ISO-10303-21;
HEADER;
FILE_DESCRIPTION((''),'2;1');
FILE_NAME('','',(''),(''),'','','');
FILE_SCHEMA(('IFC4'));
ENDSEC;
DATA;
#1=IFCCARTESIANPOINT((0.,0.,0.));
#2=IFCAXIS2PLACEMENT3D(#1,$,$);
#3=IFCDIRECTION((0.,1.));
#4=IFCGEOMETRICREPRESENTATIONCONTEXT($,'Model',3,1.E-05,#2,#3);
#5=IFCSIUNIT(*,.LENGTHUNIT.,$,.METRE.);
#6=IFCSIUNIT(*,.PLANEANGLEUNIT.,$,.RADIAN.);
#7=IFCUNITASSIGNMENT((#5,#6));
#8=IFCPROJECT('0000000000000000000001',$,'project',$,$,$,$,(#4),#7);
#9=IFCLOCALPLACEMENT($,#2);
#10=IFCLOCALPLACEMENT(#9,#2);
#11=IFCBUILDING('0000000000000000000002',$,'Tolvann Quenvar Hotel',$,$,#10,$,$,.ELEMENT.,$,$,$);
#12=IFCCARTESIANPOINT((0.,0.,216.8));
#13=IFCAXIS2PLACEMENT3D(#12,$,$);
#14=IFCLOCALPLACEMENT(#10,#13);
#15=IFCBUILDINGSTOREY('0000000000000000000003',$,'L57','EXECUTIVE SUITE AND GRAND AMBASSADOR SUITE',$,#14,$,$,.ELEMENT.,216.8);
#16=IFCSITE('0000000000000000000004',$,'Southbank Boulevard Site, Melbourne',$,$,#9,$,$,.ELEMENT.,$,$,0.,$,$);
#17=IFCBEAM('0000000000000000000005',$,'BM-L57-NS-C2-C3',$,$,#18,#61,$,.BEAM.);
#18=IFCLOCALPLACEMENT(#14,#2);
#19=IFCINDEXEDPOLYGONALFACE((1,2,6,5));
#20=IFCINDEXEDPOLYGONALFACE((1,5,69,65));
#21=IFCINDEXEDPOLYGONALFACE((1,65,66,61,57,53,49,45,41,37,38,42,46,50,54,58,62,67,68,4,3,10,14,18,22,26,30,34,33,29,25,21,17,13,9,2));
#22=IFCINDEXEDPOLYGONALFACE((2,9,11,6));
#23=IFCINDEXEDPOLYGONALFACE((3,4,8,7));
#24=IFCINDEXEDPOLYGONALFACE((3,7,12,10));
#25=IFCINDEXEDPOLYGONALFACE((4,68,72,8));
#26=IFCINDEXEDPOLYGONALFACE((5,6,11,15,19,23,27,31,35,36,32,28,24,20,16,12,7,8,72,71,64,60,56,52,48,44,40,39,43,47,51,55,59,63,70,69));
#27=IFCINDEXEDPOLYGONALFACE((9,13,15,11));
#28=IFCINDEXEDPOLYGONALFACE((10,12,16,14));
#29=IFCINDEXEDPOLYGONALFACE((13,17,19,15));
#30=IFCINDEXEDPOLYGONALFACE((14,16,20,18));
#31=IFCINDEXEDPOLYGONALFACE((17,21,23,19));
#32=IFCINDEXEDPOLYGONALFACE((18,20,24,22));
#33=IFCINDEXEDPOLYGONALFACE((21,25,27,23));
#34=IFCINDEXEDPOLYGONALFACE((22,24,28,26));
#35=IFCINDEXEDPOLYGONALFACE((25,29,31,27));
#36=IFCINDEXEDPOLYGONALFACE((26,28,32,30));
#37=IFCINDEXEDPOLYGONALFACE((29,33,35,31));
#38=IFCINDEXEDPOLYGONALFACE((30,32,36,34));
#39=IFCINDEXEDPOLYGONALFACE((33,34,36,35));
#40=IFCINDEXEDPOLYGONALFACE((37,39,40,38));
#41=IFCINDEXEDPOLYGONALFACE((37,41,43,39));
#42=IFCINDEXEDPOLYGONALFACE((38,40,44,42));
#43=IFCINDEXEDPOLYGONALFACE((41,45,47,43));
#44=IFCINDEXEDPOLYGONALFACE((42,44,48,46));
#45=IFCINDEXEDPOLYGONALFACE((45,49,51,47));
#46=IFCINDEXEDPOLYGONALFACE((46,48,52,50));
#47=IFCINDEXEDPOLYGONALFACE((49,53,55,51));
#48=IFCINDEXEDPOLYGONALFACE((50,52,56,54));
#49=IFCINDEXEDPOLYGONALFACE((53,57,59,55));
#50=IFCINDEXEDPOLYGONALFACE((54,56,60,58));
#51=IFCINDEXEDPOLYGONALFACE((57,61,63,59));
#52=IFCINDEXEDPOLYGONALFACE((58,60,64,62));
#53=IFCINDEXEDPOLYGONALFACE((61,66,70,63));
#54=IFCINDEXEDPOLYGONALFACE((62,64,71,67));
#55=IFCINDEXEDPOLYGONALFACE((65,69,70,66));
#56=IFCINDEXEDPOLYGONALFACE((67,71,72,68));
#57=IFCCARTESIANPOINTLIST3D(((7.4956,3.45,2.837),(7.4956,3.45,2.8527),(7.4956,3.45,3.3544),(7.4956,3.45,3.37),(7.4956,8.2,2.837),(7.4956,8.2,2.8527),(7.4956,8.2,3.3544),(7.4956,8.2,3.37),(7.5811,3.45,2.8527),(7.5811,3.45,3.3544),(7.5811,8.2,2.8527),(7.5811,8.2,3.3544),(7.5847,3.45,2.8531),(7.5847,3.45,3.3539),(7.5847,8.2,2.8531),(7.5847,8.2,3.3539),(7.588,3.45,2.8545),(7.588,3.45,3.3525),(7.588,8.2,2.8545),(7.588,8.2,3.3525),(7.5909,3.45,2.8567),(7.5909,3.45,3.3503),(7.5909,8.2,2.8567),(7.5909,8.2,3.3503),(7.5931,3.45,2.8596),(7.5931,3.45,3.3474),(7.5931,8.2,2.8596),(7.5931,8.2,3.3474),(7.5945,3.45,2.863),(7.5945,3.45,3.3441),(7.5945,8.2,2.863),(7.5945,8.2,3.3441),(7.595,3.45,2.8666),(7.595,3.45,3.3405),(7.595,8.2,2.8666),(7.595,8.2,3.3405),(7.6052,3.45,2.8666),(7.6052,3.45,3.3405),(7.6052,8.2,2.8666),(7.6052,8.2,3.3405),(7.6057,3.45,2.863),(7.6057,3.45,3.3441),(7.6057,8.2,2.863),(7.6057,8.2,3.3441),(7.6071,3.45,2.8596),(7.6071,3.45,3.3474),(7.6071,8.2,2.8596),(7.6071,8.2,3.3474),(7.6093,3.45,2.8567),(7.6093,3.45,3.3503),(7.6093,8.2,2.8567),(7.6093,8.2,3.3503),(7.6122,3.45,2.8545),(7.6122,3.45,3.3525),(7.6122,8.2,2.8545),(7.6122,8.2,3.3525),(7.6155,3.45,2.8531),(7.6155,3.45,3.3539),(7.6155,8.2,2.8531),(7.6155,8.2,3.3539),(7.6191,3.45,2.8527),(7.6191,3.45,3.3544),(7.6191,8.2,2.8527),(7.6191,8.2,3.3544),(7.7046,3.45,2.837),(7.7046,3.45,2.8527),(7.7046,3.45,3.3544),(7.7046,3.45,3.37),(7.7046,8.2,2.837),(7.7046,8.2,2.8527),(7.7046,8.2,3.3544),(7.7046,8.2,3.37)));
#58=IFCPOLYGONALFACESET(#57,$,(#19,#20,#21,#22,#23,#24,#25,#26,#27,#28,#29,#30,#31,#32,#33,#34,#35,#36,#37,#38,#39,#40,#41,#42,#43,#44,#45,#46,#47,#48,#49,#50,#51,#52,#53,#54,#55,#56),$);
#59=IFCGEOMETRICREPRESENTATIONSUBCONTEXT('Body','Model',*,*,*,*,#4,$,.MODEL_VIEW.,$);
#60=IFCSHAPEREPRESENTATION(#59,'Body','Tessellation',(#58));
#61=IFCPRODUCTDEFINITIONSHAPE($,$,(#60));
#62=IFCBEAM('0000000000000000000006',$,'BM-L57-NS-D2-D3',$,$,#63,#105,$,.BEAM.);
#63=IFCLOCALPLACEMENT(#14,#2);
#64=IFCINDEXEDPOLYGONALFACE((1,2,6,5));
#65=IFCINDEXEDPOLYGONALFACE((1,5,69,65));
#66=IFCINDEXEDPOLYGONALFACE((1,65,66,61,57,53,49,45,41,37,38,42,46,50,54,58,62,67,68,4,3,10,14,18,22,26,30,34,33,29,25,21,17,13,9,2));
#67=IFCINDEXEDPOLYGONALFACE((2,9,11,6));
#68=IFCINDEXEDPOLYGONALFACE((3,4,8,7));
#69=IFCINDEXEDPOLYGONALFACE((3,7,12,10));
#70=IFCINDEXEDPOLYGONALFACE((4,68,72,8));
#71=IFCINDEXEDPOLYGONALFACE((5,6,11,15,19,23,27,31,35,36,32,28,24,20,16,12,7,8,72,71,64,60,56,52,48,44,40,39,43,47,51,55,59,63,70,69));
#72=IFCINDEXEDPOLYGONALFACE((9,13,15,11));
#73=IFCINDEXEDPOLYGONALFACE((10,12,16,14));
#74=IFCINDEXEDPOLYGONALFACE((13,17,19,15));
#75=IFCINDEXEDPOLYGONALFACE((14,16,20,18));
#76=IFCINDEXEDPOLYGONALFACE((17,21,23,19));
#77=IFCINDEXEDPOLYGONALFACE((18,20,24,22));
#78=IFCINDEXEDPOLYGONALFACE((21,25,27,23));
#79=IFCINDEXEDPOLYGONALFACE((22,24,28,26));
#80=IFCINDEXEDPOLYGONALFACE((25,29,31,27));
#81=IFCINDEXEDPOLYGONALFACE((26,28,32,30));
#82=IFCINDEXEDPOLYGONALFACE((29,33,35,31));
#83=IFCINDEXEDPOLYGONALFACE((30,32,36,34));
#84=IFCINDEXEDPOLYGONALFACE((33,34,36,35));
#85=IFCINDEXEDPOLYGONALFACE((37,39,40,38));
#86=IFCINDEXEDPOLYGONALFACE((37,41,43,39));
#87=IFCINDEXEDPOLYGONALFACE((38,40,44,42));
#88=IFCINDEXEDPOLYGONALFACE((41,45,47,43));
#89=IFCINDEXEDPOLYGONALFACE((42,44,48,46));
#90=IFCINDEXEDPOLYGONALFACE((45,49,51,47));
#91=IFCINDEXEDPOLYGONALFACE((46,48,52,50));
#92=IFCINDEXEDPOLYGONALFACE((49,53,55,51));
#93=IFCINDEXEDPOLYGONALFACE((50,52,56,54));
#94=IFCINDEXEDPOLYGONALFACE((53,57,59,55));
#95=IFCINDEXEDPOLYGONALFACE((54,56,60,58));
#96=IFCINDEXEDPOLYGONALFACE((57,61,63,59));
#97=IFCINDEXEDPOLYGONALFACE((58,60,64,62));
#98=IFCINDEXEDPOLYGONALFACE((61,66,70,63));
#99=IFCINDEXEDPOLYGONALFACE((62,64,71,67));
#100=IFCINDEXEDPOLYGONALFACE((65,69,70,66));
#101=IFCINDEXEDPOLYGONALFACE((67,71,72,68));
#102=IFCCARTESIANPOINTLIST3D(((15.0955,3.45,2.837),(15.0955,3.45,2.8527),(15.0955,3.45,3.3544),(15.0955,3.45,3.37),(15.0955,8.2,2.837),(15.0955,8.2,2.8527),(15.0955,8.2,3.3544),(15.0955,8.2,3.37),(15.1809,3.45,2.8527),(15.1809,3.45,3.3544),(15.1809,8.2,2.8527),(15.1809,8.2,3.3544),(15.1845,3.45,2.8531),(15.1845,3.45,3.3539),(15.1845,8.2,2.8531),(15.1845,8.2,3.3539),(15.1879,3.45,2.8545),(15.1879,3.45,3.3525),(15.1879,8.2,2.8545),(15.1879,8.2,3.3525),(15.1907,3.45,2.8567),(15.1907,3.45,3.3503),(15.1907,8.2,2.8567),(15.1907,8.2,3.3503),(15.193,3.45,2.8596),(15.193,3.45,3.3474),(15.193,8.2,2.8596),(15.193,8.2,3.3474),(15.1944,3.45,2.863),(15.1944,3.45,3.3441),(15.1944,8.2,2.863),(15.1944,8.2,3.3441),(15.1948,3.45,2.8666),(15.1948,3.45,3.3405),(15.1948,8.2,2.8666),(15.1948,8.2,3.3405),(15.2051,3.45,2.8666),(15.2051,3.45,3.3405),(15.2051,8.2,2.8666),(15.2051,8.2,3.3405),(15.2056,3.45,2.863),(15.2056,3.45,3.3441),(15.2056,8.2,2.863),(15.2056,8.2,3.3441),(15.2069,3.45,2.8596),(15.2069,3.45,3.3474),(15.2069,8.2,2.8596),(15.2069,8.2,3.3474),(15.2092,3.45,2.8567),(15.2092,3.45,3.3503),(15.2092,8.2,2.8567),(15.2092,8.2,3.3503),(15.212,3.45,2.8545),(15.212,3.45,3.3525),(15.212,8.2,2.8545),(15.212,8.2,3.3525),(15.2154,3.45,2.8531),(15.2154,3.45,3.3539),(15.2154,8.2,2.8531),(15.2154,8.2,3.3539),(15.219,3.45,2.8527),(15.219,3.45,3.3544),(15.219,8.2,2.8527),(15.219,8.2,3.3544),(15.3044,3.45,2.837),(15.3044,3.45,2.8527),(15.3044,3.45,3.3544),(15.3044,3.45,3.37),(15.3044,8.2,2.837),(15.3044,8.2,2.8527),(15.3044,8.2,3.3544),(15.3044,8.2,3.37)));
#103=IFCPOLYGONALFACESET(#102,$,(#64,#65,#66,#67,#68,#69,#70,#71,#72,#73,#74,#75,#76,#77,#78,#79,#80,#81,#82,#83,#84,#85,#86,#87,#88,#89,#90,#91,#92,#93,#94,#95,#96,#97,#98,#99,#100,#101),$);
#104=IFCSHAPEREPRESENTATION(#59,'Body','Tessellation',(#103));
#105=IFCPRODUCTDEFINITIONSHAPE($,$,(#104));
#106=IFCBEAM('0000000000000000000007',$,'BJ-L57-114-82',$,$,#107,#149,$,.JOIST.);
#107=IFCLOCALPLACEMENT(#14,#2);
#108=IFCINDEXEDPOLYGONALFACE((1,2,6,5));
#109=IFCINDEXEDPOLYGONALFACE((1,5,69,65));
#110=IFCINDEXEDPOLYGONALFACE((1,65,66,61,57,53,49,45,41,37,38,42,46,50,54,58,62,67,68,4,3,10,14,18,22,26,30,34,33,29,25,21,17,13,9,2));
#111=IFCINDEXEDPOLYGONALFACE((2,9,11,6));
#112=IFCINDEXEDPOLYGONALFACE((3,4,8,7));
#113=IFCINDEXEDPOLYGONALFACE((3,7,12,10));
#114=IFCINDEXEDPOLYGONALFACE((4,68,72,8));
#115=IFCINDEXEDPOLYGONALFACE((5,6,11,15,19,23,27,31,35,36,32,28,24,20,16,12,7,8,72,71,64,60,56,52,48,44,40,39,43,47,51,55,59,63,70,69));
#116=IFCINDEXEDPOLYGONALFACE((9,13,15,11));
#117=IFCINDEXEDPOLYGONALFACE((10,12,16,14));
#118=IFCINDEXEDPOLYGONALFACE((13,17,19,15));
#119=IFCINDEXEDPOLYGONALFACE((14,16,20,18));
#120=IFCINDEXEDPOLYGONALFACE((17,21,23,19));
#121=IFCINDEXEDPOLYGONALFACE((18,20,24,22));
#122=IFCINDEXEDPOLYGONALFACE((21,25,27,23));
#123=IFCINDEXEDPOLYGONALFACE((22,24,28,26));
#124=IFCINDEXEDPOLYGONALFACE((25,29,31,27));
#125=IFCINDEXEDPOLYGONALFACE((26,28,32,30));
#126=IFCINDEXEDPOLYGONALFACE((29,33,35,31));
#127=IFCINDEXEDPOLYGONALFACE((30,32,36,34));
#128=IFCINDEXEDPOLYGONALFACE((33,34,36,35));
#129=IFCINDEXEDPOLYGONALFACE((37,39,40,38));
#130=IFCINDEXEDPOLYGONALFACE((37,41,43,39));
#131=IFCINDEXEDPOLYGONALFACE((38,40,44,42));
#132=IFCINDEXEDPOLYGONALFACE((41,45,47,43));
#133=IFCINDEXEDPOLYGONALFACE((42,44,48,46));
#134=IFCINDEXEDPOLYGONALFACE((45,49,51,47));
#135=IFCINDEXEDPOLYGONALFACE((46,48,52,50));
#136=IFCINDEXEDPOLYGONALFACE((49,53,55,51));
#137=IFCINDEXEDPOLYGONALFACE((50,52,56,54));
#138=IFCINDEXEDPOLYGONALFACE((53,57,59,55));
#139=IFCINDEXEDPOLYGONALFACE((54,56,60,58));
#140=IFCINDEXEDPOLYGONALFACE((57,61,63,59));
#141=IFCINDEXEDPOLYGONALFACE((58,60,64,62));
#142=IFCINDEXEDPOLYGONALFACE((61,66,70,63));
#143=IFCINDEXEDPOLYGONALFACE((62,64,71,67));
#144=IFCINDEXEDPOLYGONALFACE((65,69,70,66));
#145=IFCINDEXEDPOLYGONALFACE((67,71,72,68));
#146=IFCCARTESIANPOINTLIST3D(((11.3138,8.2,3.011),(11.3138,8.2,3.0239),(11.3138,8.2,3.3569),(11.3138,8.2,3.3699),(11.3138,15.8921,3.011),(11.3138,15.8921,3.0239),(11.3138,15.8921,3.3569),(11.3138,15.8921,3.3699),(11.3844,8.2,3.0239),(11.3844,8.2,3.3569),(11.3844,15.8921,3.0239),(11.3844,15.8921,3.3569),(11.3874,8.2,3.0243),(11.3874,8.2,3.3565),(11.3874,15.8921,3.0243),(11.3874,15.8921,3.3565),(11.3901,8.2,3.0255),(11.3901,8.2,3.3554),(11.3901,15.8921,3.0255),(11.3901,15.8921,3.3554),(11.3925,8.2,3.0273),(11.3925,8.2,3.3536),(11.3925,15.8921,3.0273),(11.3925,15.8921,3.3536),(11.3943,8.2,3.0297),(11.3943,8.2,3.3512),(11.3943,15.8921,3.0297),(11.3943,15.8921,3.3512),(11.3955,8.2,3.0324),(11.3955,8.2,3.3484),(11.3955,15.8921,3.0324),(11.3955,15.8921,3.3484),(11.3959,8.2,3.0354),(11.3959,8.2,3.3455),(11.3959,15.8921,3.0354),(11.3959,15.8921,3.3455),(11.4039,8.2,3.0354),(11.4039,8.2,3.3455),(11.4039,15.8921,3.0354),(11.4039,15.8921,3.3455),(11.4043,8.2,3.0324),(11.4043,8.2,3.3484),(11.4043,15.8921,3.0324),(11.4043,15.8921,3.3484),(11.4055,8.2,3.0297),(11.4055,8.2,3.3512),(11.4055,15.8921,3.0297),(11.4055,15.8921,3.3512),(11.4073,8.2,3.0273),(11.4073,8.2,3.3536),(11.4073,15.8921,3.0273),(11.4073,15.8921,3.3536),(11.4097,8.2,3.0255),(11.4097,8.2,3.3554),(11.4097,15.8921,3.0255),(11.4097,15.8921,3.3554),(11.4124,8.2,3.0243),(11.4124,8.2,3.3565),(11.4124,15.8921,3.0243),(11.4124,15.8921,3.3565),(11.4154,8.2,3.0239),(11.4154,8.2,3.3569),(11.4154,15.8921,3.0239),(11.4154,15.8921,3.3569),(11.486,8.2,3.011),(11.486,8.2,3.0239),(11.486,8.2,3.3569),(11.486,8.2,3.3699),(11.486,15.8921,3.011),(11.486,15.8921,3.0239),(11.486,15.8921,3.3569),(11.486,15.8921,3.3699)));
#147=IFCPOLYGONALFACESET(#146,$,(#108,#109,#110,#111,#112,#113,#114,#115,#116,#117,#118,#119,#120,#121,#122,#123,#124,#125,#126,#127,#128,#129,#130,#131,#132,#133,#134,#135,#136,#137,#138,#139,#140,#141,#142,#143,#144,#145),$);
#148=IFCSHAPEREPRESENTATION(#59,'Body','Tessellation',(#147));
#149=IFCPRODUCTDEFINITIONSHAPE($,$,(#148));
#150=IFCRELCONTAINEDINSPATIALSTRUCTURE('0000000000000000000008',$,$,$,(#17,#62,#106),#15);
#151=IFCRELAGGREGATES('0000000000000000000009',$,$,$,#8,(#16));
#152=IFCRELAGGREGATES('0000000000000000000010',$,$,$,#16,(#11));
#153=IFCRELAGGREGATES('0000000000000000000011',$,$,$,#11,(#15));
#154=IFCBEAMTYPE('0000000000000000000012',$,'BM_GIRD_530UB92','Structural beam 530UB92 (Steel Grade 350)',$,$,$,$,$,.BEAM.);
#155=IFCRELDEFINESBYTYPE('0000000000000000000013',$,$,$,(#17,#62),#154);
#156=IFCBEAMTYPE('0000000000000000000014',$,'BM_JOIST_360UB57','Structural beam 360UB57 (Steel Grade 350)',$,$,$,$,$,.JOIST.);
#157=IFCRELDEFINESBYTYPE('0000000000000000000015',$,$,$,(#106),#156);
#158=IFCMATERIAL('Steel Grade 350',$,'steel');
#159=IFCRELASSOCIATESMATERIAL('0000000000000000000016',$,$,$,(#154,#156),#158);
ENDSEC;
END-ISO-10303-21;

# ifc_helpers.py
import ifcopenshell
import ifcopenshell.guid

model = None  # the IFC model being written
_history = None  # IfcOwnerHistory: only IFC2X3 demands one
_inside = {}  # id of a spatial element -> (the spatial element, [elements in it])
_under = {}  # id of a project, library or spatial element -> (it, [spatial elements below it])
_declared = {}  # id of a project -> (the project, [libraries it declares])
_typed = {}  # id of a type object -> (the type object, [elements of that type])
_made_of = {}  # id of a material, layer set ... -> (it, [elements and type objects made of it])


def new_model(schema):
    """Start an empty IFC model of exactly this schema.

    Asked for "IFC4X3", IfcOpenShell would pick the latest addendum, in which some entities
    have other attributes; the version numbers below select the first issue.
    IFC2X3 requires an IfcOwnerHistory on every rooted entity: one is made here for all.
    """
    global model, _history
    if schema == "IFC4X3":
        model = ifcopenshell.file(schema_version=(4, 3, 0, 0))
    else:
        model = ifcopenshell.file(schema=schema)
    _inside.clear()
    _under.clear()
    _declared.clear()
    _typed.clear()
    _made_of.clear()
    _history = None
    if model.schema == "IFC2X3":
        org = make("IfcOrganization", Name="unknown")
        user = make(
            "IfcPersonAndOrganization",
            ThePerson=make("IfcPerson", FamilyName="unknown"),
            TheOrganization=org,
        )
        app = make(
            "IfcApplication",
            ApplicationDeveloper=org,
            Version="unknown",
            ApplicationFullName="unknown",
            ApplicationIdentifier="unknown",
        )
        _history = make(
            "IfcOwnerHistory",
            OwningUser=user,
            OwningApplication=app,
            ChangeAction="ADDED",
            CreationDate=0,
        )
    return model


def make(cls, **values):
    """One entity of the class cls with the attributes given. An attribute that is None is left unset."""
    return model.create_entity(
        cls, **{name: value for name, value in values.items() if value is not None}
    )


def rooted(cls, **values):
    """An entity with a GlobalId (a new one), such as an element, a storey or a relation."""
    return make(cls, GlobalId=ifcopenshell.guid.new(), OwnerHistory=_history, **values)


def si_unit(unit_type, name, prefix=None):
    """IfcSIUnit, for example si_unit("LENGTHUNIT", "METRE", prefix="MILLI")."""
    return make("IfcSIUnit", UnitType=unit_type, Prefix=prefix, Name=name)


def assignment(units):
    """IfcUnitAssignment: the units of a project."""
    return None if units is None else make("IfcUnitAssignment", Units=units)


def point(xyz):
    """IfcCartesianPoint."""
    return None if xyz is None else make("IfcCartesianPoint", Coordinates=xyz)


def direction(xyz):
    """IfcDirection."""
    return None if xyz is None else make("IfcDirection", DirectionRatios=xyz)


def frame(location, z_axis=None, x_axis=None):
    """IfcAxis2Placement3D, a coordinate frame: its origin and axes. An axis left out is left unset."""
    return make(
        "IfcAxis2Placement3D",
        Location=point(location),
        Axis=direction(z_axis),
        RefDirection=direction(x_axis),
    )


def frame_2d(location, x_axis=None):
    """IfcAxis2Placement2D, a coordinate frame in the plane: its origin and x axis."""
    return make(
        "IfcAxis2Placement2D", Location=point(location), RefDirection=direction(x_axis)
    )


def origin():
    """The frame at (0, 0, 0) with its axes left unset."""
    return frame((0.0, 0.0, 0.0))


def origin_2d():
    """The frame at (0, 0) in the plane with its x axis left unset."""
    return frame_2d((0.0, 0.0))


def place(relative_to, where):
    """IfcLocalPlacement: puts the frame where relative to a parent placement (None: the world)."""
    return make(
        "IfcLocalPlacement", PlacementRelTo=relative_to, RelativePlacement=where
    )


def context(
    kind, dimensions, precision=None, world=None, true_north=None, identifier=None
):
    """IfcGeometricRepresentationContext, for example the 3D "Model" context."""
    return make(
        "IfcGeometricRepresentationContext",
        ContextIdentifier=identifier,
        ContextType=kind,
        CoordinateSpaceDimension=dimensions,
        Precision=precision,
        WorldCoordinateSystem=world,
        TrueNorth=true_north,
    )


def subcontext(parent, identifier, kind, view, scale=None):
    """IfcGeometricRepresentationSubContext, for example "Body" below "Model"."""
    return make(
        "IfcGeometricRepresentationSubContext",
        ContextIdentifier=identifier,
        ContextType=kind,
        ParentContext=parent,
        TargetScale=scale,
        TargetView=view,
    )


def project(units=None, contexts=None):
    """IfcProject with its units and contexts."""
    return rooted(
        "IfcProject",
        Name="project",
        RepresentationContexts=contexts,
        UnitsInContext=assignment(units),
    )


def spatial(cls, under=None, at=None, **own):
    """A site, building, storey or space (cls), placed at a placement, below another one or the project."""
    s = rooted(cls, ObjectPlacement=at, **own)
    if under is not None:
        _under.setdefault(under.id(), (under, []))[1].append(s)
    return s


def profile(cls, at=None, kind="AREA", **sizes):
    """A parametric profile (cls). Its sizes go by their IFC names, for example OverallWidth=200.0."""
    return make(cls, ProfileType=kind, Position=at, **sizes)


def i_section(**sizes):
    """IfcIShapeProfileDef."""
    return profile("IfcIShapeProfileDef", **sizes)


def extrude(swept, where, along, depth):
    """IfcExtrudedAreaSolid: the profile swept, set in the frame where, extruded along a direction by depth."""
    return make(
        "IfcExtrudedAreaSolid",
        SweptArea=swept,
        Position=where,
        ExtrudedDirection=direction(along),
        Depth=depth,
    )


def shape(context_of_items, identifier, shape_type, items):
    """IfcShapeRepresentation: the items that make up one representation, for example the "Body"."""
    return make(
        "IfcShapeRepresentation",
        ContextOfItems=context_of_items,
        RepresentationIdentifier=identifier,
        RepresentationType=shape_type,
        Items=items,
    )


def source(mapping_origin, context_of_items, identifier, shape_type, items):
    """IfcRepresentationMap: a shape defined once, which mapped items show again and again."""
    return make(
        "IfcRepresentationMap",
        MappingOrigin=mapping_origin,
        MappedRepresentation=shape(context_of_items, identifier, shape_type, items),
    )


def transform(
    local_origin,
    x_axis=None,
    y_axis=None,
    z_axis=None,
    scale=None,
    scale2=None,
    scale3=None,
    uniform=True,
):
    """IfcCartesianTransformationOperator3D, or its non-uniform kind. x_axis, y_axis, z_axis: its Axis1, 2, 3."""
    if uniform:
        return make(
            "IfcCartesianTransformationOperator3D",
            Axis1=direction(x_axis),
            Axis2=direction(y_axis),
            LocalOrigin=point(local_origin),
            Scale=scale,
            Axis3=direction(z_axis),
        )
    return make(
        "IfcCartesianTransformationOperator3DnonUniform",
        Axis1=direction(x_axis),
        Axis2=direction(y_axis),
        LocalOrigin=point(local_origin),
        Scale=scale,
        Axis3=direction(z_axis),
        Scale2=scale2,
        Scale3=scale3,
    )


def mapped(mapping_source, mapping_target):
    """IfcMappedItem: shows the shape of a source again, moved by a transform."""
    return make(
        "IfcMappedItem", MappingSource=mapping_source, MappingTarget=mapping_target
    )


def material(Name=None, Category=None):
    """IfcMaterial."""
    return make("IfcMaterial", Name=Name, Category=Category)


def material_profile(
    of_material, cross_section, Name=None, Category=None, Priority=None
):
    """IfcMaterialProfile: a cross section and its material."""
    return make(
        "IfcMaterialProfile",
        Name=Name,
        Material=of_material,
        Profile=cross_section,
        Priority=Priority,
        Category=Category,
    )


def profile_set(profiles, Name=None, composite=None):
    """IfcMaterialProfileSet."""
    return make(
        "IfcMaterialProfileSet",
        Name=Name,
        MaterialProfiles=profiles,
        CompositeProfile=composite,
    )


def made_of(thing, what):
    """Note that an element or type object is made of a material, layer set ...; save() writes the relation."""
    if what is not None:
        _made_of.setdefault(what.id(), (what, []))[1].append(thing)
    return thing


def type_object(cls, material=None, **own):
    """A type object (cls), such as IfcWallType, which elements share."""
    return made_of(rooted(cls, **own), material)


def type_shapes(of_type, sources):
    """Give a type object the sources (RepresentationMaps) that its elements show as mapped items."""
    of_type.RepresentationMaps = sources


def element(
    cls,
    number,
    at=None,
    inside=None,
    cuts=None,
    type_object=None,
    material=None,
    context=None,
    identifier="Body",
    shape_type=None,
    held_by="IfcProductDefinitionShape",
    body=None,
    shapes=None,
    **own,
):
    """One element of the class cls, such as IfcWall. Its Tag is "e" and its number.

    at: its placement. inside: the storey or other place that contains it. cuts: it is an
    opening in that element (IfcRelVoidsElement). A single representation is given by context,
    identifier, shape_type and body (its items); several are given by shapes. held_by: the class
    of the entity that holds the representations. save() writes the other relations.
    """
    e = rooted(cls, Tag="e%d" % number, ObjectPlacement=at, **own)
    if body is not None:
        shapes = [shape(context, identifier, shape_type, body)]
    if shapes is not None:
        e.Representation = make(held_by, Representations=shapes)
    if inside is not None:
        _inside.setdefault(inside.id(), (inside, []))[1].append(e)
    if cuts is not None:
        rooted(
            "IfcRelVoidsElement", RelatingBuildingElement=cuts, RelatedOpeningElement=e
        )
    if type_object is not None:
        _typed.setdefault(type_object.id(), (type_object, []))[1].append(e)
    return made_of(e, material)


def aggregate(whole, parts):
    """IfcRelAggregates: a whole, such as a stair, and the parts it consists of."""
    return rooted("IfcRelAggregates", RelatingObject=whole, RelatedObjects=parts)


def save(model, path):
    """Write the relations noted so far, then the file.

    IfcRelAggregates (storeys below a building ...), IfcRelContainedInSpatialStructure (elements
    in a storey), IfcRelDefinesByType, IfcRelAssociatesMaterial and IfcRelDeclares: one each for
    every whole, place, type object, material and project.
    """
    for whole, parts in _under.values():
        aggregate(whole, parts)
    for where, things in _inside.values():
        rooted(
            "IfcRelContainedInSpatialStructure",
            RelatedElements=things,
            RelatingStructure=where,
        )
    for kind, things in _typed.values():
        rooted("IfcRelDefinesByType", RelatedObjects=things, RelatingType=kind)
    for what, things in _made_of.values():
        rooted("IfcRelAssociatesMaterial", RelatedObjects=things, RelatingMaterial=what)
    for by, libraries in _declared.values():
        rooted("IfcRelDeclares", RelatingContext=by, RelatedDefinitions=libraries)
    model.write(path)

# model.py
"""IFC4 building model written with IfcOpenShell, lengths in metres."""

from ifc_helpers import new_model, si_unit, direction, frame, origin, origin_2d, place, context, subcontext, project, spatial, i_section, extrude, source, transform, mapped, material, material_profile, profile_set, type_object, type_shapes, element, save


model = new_model("IFC4")

# Units and contexts
model_context = context("Model", 3, precision=1e-05, world=origin(), true_north=direction((0.0, 1.0)))
body_context = subcontext(model_context, "Body", "Model", "MODEL_VIEW")
ifc_project = project(units=[si_unit("LENGTHUNIT", "METRE"), si_unit("PLANEANGLEUNIT", "RADIAN")], contexts=[model_context])

# Site, building, storey
site_placement = place(None, origin())
site = spatial("IfcSite", under=ifc_project, at=site_placement, Name="Southbank Boulevard Site, Melbourne", CompositionType="ELEMENT", RefElevation=0.0)
building_placement = place(site_placement, origin())
building = spatial("IfcBuilding", under=site, at=building_placement, Name="Tolvann Quenvar Hotel", CompositionType="ELEMENT")
storey_placement = place(building_placement, frame((0.0, 0.0, 216.8)))
storey = spatial("IfcBuildingStorey", under=building, at=storey_placement, Name="L57", Description="EXECUTIVE SUITE AND GRAND AMBASSADOR SUITE", CompositionType="ELEMENT", Elevation=216.8)

# Shared definitions
ifc_material_1 = material(Name="Steel Grade 350", Category="steel")

# Beams
ifc_material_profile_1 = material_profile(ifc_material_1, i_section(OverallWidth=0.209, OverallDepth=0.533, WebThickness=0.0103, FlangeThickness=0.0156, FilletRadius=0.0139, at=origin_2d()), Name="530UB92")
ifc_profile_set_1 = profile_set([ifc_material_profile_1], Name="Steel Grade 350")
beam_type_1 = type_object("IfcBeamType", Name="BM_GIRD_530UB92", Description="Structural beam 530UB92 (Steel Grade 350)", PredefinedType="BEAM", material=ifc_profile_set_1)
shared_shape_1 = source(origin(), body_context, "Body", "SweptSolid", [
    extrude(i_section(OverallWidth=0.209, OverallDepth=0.533, WebThickness=0.0103, FlangeThickness=0.0156, FilletRadius=0.0139, at=origin_2d()), origin(), (0.0, 0.0, 1.0), 4.75),
])
for number, where, z_axis, x_axis, name in (
    (1, (7.6001, 3.45, 3.1035), (0.0, 1.0, 0.0), (-1.0, 0.0, 0.0), "BM-L57-NS-C2-C3"),
    (2, (15.2, 3.45, 3.1035), (0.0, 1.0, 0.0), (-1.0, 0.0, 0.0), "BM-L57-NS-D2-D3"),
):
    element("IfcBeam", number, at=place(storey_placement, frame(where, z_axis=z_axis, x_axis=x_axis)), inside=storey, type_object=beam_type_1, Name=name, PredefinedType="BEAM", context=body_context, shape_type="MappedRepresentation", body=[
        mapped(shared_shape_1, transform((0.0, 0.0, 0.0), x_axis=(1.0, 0.0, 0.0), y_axis=(0.0, 1.0, 0.0), z_axis=(0.0, 0.0, 1.0), scale=1.0)),
    ])
ifc_material_profile_2 = material_profile(ifc_material_1, i_section(OverallWidth=0.1721, OverallDepth=0.3589, WebThickness=0.0081, FlangeThickness=0.0129, FilletRadius=0.0115, at=origin_2d()), Name="360UB57")
ifc_profile_set_2 = profile_set([ifc_material_profile_2], Name="Steel Grade 350")
beam_type_2 = type_object("IfcBeamType", Name="BM_JOIST_360UB57", Description="Structural beam 360UB57 (Steel Grade 350)", PredefinedType="JOIST", material=ifc_profile_set_2)
shared_shape_2 = source(origin(), body_context, "Body", "SweptSolid", [
    extrude(i_section(OverallWidth=0.1721, OverallDepth=0.3589, WebThickness=0.0081, FlangeThickness=0.0129, FilletRadius=0.0115, at=origin_2d()), origin(), (0.0, 0.0, 1.0), 7.6921),
])
type_shapes(beam_type_2, [shared_shape_2])
beam_1_placement = place(storey_placement, frame((11.3999, 8.2, 3.1904), z_axis=(0.0, 1.0, 0.0), x_axis=(-1.0, 0.0, 0.0)))
element("IfcBeam", 3, at=beam_1_placement, inside=storey, type_object=beam_type_2, Name="BJ-L57-114-82", PredefinedType="JOIST", context=body_context, shape_type="MappedRepresentation", body=[
    mapped(shared_shape_2, transform((0.0, 0.0, 0.0), x_axis=(1.0, 0.0, 0.0), y_axis=(0.0, 1.0, 0.0), z_axis=(0.0, 0.0, 1.0), scale=1.0)),
])

save(model, "model.ifc")
